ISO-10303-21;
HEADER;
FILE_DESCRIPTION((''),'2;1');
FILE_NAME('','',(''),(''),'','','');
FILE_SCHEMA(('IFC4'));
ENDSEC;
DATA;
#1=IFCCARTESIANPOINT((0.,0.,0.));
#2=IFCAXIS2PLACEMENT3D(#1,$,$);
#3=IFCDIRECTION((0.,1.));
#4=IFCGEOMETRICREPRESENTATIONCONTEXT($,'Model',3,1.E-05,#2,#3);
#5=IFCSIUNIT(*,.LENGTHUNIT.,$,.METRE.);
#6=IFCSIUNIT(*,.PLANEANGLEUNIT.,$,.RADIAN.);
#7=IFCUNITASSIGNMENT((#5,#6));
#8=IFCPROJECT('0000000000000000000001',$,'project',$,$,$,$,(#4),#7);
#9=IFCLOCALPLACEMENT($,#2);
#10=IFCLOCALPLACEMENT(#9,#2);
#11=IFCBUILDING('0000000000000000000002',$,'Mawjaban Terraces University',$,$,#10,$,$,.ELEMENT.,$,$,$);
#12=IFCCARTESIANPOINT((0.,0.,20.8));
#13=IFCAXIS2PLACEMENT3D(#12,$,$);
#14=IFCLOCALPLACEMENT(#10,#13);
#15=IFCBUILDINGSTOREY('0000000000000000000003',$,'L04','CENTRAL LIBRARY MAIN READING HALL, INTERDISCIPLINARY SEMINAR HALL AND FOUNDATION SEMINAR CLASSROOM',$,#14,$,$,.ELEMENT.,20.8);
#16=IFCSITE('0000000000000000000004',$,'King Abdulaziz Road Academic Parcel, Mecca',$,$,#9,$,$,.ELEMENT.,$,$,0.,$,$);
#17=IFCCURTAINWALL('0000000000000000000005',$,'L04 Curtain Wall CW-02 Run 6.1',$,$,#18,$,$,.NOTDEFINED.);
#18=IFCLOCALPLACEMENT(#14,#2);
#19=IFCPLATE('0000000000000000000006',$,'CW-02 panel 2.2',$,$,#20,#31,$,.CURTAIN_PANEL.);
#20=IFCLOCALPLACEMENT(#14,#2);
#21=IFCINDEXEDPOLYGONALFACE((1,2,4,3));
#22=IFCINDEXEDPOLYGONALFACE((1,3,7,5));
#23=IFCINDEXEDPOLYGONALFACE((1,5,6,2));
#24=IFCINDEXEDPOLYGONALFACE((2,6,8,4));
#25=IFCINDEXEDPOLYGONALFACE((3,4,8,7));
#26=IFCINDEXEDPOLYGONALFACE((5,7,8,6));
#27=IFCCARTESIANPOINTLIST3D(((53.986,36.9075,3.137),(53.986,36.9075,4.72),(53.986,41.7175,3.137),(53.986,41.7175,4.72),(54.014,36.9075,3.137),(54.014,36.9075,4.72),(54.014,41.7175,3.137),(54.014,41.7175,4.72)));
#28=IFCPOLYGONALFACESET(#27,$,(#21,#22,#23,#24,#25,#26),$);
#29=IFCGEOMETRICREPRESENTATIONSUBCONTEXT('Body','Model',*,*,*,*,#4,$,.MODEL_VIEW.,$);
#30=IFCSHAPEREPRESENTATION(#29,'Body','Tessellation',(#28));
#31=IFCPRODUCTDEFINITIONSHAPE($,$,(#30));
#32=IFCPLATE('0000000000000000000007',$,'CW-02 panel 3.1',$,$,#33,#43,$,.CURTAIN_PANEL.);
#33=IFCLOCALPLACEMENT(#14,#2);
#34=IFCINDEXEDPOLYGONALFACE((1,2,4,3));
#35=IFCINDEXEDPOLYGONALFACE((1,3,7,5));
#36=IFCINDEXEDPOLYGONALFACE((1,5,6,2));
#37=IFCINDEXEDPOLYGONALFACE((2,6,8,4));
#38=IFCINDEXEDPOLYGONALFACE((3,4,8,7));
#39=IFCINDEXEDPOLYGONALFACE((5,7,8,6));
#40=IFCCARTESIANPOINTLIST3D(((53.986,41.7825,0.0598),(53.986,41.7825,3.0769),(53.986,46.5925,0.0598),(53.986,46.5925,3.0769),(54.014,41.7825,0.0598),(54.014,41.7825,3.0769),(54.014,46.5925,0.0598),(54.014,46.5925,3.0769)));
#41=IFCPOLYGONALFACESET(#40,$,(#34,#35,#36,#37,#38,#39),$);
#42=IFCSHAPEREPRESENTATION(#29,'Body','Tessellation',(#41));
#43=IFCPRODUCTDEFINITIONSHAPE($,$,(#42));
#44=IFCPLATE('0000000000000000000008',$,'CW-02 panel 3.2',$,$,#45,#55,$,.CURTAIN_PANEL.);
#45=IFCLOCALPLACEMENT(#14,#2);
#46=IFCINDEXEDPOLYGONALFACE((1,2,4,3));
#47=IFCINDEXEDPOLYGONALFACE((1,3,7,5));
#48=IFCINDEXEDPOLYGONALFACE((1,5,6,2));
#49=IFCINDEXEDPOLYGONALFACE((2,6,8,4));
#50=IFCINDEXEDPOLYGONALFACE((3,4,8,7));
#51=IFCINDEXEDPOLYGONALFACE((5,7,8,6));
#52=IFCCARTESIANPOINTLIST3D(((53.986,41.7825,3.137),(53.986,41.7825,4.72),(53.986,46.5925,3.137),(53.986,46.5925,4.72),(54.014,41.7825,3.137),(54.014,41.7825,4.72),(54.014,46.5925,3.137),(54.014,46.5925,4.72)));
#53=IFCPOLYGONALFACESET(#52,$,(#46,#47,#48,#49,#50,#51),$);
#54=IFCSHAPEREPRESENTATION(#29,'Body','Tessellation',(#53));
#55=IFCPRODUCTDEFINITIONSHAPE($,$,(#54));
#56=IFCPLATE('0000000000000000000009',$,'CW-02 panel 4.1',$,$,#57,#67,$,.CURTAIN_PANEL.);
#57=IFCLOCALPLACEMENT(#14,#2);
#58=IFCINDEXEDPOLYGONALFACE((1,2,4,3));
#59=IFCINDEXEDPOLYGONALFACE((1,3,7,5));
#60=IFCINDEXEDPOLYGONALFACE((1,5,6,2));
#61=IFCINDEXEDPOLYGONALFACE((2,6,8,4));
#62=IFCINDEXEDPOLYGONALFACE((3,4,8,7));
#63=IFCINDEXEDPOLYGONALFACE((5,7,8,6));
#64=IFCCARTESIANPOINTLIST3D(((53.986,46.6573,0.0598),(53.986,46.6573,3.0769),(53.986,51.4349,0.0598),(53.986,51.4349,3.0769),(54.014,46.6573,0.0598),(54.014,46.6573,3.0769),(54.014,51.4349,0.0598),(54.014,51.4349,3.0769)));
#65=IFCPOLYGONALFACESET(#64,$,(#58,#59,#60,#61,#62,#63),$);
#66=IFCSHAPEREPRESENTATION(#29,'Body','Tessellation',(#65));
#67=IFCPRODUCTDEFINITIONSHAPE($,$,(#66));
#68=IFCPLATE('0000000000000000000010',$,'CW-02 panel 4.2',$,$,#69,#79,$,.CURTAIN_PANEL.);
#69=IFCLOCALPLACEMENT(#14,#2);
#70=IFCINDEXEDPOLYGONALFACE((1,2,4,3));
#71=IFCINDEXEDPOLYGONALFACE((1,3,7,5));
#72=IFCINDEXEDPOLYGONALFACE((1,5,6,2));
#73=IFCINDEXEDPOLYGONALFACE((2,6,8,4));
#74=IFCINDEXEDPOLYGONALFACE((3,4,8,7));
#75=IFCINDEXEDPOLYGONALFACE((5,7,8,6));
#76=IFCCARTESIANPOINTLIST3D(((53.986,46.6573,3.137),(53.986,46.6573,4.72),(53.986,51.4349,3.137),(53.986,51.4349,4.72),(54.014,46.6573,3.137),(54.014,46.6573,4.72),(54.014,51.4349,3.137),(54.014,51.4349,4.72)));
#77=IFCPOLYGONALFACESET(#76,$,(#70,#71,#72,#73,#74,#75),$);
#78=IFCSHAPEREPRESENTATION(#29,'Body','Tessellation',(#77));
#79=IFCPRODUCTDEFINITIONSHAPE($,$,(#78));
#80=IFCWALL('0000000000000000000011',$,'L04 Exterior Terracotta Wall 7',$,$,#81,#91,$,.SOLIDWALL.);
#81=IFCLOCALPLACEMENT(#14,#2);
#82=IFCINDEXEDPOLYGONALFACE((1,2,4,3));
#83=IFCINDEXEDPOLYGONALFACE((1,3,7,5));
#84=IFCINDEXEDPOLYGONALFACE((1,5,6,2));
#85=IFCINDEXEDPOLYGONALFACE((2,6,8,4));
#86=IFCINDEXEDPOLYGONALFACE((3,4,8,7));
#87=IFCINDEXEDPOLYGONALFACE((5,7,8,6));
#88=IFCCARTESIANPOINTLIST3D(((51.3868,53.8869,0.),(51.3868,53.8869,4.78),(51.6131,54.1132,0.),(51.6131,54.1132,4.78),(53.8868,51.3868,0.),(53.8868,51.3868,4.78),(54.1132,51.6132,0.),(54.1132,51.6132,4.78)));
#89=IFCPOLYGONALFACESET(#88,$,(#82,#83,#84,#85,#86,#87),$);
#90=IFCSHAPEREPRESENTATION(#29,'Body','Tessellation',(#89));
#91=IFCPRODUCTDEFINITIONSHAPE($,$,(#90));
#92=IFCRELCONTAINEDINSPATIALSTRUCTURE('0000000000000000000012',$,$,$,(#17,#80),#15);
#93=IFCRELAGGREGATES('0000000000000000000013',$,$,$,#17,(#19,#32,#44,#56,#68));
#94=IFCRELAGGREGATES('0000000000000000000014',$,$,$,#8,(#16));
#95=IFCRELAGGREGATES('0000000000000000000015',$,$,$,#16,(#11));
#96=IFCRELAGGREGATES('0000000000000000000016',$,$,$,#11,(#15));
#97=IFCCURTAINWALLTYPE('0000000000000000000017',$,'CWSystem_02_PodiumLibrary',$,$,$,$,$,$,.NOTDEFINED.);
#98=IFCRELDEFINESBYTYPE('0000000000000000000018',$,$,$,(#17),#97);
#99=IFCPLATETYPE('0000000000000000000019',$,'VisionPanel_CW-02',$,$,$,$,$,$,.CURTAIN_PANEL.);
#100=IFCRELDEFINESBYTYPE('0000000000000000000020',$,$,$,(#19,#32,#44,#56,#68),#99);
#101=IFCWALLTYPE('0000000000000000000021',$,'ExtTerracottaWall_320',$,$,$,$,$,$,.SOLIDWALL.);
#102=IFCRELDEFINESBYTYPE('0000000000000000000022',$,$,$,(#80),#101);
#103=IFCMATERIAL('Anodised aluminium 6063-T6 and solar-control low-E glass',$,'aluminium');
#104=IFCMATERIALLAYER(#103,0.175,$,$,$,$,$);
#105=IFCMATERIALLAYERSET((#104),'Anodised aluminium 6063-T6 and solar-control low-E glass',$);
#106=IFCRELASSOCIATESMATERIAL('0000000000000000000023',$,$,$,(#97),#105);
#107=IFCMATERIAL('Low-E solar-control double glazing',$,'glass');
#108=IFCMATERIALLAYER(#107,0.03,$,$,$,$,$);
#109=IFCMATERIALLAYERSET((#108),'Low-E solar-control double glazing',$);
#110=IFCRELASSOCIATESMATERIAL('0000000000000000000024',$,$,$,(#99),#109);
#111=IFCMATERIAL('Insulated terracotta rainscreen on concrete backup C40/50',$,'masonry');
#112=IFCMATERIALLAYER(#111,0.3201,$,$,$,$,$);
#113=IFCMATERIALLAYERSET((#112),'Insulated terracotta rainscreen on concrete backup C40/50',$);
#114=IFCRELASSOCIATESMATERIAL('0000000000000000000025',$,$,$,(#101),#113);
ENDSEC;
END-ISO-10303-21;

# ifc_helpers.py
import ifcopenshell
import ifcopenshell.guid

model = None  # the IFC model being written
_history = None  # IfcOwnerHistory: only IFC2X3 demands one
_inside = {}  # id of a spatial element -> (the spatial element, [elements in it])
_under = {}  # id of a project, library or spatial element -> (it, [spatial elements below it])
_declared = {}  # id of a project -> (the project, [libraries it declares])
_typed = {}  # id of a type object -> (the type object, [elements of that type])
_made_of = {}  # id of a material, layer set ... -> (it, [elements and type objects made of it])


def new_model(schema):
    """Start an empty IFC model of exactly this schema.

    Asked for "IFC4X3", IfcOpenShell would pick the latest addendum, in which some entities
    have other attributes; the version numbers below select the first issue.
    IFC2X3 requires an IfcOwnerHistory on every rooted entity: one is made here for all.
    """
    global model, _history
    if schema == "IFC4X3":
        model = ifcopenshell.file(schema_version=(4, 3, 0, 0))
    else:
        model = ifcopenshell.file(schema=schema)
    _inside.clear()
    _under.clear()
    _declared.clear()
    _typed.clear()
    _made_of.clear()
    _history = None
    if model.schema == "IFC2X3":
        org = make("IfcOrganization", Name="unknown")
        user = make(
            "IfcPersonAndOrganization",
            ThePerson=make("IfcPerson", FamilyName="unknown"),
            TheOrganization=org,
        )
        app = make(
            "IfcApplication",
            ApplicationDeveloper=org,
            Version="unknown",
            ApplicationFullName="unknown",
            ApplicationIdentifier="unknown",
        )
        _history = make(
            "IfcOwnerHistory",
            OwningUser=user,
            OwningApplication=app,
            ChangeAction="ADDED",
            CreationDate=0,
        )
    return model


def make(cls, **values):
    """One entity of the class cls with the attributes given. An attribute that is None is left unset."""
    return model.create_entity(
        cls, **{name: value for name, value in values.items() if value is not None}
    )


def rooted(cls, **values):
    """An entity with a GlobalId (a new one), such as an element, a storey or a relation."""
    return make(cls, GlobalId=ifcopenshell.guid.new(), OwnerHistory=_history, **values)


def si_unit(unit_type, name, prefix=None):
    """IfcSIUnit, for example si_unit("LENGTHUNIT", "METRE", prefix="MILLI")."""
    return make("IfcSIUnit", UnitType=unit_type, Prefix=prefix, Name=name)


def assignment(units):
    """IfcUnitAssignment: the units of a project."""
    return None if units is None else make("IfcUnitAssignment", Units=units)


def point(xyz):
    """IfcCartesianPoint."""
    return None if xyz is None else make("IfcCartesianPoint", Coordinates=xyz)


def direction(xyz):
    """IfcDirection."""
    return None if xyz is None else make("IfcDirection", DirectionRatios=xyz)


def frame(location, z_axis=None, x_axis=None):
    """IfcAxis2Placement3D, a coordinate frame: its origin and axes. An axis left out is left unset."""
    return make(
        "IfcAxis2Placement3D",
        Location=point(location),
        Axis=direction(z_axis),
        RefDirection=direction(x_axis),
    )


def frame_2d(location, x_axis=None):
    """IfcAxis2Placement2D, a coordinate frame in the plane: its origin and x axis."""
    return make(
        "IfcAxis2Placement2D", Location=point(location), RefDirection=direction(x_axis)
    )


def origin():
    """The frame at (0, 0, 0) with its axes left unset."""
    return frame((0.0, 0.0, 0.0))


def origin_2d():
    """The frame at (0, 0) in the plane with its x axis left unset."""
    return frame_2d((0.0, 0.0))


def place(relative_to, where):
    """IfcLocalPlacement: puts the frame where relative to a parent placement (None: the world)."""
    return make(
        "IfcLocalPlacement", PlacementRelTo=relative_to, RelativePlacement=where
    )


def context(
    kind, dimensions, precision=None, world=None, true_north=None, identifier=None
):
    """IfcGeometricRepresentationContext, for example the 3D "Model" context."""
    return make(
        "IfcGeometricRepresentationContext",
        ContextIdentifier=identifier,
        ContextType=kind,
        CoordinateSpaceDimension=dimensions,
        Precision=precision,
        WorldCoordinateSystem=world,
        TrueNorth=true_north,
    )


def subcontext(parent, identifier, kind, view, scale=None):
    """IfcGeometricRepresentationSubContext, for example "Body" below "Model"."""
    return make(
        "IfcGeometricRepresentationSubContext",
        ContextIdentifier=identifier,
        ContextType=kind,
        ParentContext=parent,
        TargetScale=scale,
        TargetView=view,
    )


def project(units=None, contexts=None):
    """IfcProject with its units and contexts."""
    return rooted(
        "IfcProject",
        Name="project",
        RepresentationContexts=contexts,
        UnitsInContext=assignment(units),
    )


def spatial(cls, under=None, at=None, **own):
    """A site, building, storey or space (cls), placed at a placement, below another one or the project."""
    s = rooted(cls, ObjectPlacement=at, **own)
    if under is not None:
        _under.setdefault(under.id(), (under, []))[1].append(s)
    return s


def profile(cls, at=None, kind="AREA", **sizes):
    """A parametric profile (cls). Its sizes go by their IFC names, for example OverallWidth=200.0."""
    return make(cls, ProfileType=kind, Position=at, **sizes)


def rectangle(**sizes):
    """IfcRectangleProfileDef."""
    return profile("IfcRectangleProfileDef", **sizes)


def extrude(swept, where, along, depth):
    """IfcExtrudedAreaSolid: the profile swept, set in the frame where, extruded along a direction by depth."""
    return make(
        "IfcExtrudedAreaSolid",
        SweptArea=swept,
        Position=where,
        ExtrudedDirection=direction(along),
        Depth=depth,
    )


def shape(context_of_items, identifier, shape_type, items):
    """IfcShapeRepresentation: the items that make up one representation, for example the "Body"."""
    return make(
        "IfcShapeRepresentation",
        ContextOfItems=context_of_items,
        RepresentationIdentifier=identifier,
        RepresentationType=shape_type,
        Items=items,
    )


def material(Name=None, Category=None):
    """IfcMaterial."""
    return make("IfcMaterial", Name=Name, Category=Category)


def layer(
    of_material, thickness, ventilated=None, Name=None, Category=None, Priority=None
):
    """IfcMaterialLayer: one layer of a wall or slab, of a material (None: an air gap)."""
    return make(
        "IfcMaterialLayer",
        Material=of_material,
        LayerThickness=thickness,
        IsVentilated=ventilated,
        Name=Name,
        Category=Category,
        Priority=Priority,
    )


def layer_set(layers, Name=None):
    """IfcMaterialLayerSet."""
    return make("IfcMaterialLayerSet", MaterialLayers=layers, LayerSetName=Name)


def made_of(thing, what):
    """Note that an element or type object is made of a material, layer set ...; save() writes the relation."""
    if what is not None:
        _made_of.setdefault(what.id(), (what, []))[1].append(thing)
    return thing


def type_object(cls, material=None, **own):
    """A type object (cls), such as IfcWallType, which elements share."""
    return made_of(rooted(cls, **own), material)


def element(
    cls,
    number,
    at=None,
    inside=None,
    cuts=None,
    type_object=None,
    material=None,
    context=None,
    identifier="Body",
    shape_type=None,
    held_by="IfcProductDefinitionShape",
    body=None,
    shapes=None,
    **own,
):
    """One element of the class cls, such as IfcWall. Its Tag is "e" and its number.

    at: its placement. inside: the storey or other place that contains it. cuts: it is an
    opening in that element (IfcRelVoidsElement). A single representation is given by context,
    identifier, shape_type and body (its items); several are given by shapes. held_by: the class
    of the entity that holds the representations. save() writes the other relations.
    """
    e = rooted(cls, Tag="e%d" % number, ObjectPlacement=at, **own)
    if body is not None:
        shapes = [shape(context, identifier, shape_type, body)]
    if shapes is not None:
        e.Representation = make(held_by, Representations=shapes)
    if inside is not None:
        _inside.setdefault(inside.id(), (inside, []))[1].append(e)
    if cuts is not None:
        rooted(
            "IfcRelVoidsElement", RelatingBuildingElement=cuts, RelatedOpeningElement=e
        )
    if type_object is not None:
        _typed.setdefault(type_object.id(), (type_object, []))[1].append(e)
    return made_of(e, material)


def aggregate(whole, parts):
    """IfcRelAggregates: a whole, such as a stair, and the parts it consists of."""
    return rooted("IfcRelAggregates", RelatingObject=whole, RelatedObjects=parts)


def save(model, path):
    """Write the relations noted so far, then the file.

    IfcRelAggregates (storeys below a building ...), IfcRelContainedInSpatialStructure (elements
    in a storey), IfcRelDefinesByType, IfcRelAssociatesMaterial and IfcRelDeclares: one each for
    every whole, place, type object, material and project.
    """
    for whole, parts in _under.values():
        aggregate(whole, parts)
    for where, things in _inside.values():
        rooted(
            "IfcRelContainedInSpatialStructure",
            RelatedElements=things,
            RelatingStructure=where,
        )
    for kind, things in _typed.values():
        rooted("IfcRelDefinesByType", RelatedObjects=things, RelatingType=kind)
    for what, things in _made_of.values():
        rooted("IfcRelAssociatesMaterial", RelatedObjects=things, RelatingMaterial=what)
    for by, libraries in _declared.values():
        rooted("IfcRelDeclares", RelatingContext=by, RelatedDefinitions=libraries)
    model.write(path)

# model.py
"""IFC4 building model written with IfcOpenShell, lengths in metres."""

from ifc_helpers import new_model, si_unit, direction, frame, frame_2d, origin, origin_2d, place, context, subcontext, project, spatial, rectangle, extrude, material, layer, layer_set, type_object, element, aggregate, save


model = new_model("IFC4")

# Units and contexts
model_context = context("Model", 3, precision=1e-05, world=origin(), true_north=direction((0.0, 1.0)))
body_context = subcontext(model_context, "Body", "Model", "MODEL_VIEW")
ifc_project = project(units=[si_unit("LENGTHUNIT", "METRE"), si_unit("PLANEANGLEUNIT", "RADIAN")], contexts=[model_context])

# Site, building, storey
site_placement = place(None, origin())
site = spatial("IfcSite", under=ifc_project, at=site_placement, Name="King Abdulaziz Road Academic Parcel, Mecca", CompositionType="ELEMENT", RefElevation=0.0)
building_placement = place(site_placement, origin())
building = spatial("IfcBuilding", under=site, at=building_placement, Name="Mawjaban Terraces University", CompositionType="ELEMENT")
storey_placement = place(building_placement, frame((0.0, 0.0, 20.8)))
storey = spatial("IfcBuildingStorey", under=building, at=storey_placement, Name="L04", Description="CENTRAL LIBRARY MAIN READING HALL, INTERDISCIPLINARY SEMINAR HALL AND FOUNDATION SEMINAR CLASSROOM", CompositionType="ELEMENT", Elevation=20.8)

# Shared definitions
ifc_material_1 = material(Name="Anodised aluminium 6063-T6 and solar-control low-E glass", Category="aluminium")
ifc_layer_1 = layer(ifc_material_1, 0.175)
ifc_layer_set_1 = layer_set([ifc_layer_1], Name="Anodised aluminium 6063-T6 and solar-control low-E glass")
curtain_wall_type = type_object("IfcCurtainWallType", Name="CWSystem_02_PodiumLibrary", PredefinedType="NOTDEFINED", material=ifc_layer_set_1)

# Curtain wall
curtain_wall_1_placement = place(storey_placement, origin())
curtain_wall_1 = element("IfcCurtainWall", 1, at=curtain_wall_1_placement, inside=storey, type_object=curtain_wall_type, Name="L04 Curtain Wall CW-02 Run 6.1", PredefinedType="NOTDEFINED")

# Plates
ifc_material_2 = material(Name="Low-E solar-control double glazing", Category="glass")
ifc_layer_2 = layer(ifc_material_2, 0.03)
ifc_layer_set_2 = layer_set([ifc_layer_2], Name="Low-E solar-control double glazing")
plate_type = type_object("IfcPlateType", Name="VisionPanel_CW-02", PredefinedType="CURTAIN_PANEL", material=ifc_layer_set_2)
plate_1_placement = place(storey_placement, frame((54.0, 39.3125, 3.137), z_axis=(0.0, 0.0, 1.0), x_axis=(0.0, 1.0, 0.0)))
plate_1 = element("IfcPlate", 2, at=plate_1_placement, type_object=plate_type, Name="CW-02 panel 2.2", PredefinedType="CURTAIN_PANEL", context=body_context, shape_type="SweptSolid", body=[
    extrude(rectangle(XDim=4.8101, YDim=0.0281, at=origin_2d()), origin(), (0.0, 0.0, 1.0), 1.583),
])
plate_2_placement = place(storey_placement, frame((54.0, 44.1875, 0.0598), z_axis=(0.0, 0.0, 1.0), x_axis=(0.0, 1.0, 0.0)))
plate_2 = element("IfcPlate", 3, at=plate_2_placement, type_object=plate_type, Name="CW-02 panel 3.1", PredefinedType="CURTAIN_PANEL", context=body_context, shape_type="SweptSolid", body=[
    extrude(rectangle(XDim=4.8101, YDim=0.0281, at=origin_2d()), origin(), (0.0, 0.0, 1.0), 3.0171),
])
plate_3_placement = place(storey_placement, frame((54.0, 44.1875, 3.137), z_axis=(0.0, 0.0, 1.0), x_axis=(0.0, 1.0, 0.0)))
plate_3 = element("IfcPlate", 4, at=plate_3_placement, type_object=plate_type, Name="CW-02 panel 3.2", PredefinedType="CURTAIN_PANEL", context=body_context, shape_type="SweptSolid", body=[
    extrude(rectangle(XDim=4.8101, YDim=0.0281, at=origin_2d()), origin(), (0.0, 0.0, 1.0), 1.583),
])
plate_4_placement = place(storey_placement, frame((54.0, 49.0461, 0.0598), z_axis=(0.0, 0.0, 1.0), x_axis=(0.0, 1.0, 0.0)))
plate_4 = element("IfcPlate", 5, at=plate_4_placement, type_object=plate_type, Name="CW-02 panel 4.1", PredefinedType="CURTAIN_PANEL", context=body_context, shape_type="SweptSolid", body=[
    extrude(rectangle(XDim=4.7776, YDim=0.0281, at=origin_2d()), origin(), (0.0, 0.0, 1.0), 3.0171),
])
plate_5_placement = place(storey_placement, frame((54.0, 49.0461, 3.137), z_axis=(0.0, 0.0, 1.0), x_axis=(0.0, 1.0, 0.0)))
plate_5 = element("IfcPlate", 6, at=plate_5_placement, type_object=plate_type, Name="CW-02 panel 4.2", PredefinedType="CURTAIN_PANEL", context=body_context, shape_type="SweptSolid", body=[
    extrude(rectangle(XDim=4.7776, YDim=0.0281, at=origin_2d()), origin(), (0.0, 0.0, 1.0), 1.583),
])
aggregate(curtain_wall_1, [plate_1, plate_2, plate_3, plate_4, plate_5])

# Wall
ifc_material_3 = material(Name="Insulated terracotta rainscreen on concrete backup C40/50", Category="masonry")
ifc_layer_3 = layer(ifc_material_3, 0.3201)
ifc_layer_set_3 = layer_set([ifc_layer_3], Name="Insulated terracotta rainscreen on concrete backup C40/50")
wall_type = type_object("IfcWallType", Name="ExtTerracottaWall_320", PredefinedType="SOLIDWALL", material=ifc_layer_set_3)
wall_placement = place(storey_placement, frame((54.0, 51.5, 0.0), z_axis=(0.0, 0.0, 1.0), x_axis=(-0.707107, 0.707107, 0.0)))
element("IfcWall", 7, at=wall_placement, inside=storey, type_object=wall_type, Name="L04 Exterior Terracotta Wall 7", PredefinedType="SOLIDWALL", context=body_context, shape_type="SweptSolid", body=[
    extrude(rectangle(XDim=3.5356, YDim=0.3201, at=frame_2d((1.7678, 0.0))), origin(), (0.0, 0.0, 1.0), 4.78),
])

save(model, "model.ifc")
